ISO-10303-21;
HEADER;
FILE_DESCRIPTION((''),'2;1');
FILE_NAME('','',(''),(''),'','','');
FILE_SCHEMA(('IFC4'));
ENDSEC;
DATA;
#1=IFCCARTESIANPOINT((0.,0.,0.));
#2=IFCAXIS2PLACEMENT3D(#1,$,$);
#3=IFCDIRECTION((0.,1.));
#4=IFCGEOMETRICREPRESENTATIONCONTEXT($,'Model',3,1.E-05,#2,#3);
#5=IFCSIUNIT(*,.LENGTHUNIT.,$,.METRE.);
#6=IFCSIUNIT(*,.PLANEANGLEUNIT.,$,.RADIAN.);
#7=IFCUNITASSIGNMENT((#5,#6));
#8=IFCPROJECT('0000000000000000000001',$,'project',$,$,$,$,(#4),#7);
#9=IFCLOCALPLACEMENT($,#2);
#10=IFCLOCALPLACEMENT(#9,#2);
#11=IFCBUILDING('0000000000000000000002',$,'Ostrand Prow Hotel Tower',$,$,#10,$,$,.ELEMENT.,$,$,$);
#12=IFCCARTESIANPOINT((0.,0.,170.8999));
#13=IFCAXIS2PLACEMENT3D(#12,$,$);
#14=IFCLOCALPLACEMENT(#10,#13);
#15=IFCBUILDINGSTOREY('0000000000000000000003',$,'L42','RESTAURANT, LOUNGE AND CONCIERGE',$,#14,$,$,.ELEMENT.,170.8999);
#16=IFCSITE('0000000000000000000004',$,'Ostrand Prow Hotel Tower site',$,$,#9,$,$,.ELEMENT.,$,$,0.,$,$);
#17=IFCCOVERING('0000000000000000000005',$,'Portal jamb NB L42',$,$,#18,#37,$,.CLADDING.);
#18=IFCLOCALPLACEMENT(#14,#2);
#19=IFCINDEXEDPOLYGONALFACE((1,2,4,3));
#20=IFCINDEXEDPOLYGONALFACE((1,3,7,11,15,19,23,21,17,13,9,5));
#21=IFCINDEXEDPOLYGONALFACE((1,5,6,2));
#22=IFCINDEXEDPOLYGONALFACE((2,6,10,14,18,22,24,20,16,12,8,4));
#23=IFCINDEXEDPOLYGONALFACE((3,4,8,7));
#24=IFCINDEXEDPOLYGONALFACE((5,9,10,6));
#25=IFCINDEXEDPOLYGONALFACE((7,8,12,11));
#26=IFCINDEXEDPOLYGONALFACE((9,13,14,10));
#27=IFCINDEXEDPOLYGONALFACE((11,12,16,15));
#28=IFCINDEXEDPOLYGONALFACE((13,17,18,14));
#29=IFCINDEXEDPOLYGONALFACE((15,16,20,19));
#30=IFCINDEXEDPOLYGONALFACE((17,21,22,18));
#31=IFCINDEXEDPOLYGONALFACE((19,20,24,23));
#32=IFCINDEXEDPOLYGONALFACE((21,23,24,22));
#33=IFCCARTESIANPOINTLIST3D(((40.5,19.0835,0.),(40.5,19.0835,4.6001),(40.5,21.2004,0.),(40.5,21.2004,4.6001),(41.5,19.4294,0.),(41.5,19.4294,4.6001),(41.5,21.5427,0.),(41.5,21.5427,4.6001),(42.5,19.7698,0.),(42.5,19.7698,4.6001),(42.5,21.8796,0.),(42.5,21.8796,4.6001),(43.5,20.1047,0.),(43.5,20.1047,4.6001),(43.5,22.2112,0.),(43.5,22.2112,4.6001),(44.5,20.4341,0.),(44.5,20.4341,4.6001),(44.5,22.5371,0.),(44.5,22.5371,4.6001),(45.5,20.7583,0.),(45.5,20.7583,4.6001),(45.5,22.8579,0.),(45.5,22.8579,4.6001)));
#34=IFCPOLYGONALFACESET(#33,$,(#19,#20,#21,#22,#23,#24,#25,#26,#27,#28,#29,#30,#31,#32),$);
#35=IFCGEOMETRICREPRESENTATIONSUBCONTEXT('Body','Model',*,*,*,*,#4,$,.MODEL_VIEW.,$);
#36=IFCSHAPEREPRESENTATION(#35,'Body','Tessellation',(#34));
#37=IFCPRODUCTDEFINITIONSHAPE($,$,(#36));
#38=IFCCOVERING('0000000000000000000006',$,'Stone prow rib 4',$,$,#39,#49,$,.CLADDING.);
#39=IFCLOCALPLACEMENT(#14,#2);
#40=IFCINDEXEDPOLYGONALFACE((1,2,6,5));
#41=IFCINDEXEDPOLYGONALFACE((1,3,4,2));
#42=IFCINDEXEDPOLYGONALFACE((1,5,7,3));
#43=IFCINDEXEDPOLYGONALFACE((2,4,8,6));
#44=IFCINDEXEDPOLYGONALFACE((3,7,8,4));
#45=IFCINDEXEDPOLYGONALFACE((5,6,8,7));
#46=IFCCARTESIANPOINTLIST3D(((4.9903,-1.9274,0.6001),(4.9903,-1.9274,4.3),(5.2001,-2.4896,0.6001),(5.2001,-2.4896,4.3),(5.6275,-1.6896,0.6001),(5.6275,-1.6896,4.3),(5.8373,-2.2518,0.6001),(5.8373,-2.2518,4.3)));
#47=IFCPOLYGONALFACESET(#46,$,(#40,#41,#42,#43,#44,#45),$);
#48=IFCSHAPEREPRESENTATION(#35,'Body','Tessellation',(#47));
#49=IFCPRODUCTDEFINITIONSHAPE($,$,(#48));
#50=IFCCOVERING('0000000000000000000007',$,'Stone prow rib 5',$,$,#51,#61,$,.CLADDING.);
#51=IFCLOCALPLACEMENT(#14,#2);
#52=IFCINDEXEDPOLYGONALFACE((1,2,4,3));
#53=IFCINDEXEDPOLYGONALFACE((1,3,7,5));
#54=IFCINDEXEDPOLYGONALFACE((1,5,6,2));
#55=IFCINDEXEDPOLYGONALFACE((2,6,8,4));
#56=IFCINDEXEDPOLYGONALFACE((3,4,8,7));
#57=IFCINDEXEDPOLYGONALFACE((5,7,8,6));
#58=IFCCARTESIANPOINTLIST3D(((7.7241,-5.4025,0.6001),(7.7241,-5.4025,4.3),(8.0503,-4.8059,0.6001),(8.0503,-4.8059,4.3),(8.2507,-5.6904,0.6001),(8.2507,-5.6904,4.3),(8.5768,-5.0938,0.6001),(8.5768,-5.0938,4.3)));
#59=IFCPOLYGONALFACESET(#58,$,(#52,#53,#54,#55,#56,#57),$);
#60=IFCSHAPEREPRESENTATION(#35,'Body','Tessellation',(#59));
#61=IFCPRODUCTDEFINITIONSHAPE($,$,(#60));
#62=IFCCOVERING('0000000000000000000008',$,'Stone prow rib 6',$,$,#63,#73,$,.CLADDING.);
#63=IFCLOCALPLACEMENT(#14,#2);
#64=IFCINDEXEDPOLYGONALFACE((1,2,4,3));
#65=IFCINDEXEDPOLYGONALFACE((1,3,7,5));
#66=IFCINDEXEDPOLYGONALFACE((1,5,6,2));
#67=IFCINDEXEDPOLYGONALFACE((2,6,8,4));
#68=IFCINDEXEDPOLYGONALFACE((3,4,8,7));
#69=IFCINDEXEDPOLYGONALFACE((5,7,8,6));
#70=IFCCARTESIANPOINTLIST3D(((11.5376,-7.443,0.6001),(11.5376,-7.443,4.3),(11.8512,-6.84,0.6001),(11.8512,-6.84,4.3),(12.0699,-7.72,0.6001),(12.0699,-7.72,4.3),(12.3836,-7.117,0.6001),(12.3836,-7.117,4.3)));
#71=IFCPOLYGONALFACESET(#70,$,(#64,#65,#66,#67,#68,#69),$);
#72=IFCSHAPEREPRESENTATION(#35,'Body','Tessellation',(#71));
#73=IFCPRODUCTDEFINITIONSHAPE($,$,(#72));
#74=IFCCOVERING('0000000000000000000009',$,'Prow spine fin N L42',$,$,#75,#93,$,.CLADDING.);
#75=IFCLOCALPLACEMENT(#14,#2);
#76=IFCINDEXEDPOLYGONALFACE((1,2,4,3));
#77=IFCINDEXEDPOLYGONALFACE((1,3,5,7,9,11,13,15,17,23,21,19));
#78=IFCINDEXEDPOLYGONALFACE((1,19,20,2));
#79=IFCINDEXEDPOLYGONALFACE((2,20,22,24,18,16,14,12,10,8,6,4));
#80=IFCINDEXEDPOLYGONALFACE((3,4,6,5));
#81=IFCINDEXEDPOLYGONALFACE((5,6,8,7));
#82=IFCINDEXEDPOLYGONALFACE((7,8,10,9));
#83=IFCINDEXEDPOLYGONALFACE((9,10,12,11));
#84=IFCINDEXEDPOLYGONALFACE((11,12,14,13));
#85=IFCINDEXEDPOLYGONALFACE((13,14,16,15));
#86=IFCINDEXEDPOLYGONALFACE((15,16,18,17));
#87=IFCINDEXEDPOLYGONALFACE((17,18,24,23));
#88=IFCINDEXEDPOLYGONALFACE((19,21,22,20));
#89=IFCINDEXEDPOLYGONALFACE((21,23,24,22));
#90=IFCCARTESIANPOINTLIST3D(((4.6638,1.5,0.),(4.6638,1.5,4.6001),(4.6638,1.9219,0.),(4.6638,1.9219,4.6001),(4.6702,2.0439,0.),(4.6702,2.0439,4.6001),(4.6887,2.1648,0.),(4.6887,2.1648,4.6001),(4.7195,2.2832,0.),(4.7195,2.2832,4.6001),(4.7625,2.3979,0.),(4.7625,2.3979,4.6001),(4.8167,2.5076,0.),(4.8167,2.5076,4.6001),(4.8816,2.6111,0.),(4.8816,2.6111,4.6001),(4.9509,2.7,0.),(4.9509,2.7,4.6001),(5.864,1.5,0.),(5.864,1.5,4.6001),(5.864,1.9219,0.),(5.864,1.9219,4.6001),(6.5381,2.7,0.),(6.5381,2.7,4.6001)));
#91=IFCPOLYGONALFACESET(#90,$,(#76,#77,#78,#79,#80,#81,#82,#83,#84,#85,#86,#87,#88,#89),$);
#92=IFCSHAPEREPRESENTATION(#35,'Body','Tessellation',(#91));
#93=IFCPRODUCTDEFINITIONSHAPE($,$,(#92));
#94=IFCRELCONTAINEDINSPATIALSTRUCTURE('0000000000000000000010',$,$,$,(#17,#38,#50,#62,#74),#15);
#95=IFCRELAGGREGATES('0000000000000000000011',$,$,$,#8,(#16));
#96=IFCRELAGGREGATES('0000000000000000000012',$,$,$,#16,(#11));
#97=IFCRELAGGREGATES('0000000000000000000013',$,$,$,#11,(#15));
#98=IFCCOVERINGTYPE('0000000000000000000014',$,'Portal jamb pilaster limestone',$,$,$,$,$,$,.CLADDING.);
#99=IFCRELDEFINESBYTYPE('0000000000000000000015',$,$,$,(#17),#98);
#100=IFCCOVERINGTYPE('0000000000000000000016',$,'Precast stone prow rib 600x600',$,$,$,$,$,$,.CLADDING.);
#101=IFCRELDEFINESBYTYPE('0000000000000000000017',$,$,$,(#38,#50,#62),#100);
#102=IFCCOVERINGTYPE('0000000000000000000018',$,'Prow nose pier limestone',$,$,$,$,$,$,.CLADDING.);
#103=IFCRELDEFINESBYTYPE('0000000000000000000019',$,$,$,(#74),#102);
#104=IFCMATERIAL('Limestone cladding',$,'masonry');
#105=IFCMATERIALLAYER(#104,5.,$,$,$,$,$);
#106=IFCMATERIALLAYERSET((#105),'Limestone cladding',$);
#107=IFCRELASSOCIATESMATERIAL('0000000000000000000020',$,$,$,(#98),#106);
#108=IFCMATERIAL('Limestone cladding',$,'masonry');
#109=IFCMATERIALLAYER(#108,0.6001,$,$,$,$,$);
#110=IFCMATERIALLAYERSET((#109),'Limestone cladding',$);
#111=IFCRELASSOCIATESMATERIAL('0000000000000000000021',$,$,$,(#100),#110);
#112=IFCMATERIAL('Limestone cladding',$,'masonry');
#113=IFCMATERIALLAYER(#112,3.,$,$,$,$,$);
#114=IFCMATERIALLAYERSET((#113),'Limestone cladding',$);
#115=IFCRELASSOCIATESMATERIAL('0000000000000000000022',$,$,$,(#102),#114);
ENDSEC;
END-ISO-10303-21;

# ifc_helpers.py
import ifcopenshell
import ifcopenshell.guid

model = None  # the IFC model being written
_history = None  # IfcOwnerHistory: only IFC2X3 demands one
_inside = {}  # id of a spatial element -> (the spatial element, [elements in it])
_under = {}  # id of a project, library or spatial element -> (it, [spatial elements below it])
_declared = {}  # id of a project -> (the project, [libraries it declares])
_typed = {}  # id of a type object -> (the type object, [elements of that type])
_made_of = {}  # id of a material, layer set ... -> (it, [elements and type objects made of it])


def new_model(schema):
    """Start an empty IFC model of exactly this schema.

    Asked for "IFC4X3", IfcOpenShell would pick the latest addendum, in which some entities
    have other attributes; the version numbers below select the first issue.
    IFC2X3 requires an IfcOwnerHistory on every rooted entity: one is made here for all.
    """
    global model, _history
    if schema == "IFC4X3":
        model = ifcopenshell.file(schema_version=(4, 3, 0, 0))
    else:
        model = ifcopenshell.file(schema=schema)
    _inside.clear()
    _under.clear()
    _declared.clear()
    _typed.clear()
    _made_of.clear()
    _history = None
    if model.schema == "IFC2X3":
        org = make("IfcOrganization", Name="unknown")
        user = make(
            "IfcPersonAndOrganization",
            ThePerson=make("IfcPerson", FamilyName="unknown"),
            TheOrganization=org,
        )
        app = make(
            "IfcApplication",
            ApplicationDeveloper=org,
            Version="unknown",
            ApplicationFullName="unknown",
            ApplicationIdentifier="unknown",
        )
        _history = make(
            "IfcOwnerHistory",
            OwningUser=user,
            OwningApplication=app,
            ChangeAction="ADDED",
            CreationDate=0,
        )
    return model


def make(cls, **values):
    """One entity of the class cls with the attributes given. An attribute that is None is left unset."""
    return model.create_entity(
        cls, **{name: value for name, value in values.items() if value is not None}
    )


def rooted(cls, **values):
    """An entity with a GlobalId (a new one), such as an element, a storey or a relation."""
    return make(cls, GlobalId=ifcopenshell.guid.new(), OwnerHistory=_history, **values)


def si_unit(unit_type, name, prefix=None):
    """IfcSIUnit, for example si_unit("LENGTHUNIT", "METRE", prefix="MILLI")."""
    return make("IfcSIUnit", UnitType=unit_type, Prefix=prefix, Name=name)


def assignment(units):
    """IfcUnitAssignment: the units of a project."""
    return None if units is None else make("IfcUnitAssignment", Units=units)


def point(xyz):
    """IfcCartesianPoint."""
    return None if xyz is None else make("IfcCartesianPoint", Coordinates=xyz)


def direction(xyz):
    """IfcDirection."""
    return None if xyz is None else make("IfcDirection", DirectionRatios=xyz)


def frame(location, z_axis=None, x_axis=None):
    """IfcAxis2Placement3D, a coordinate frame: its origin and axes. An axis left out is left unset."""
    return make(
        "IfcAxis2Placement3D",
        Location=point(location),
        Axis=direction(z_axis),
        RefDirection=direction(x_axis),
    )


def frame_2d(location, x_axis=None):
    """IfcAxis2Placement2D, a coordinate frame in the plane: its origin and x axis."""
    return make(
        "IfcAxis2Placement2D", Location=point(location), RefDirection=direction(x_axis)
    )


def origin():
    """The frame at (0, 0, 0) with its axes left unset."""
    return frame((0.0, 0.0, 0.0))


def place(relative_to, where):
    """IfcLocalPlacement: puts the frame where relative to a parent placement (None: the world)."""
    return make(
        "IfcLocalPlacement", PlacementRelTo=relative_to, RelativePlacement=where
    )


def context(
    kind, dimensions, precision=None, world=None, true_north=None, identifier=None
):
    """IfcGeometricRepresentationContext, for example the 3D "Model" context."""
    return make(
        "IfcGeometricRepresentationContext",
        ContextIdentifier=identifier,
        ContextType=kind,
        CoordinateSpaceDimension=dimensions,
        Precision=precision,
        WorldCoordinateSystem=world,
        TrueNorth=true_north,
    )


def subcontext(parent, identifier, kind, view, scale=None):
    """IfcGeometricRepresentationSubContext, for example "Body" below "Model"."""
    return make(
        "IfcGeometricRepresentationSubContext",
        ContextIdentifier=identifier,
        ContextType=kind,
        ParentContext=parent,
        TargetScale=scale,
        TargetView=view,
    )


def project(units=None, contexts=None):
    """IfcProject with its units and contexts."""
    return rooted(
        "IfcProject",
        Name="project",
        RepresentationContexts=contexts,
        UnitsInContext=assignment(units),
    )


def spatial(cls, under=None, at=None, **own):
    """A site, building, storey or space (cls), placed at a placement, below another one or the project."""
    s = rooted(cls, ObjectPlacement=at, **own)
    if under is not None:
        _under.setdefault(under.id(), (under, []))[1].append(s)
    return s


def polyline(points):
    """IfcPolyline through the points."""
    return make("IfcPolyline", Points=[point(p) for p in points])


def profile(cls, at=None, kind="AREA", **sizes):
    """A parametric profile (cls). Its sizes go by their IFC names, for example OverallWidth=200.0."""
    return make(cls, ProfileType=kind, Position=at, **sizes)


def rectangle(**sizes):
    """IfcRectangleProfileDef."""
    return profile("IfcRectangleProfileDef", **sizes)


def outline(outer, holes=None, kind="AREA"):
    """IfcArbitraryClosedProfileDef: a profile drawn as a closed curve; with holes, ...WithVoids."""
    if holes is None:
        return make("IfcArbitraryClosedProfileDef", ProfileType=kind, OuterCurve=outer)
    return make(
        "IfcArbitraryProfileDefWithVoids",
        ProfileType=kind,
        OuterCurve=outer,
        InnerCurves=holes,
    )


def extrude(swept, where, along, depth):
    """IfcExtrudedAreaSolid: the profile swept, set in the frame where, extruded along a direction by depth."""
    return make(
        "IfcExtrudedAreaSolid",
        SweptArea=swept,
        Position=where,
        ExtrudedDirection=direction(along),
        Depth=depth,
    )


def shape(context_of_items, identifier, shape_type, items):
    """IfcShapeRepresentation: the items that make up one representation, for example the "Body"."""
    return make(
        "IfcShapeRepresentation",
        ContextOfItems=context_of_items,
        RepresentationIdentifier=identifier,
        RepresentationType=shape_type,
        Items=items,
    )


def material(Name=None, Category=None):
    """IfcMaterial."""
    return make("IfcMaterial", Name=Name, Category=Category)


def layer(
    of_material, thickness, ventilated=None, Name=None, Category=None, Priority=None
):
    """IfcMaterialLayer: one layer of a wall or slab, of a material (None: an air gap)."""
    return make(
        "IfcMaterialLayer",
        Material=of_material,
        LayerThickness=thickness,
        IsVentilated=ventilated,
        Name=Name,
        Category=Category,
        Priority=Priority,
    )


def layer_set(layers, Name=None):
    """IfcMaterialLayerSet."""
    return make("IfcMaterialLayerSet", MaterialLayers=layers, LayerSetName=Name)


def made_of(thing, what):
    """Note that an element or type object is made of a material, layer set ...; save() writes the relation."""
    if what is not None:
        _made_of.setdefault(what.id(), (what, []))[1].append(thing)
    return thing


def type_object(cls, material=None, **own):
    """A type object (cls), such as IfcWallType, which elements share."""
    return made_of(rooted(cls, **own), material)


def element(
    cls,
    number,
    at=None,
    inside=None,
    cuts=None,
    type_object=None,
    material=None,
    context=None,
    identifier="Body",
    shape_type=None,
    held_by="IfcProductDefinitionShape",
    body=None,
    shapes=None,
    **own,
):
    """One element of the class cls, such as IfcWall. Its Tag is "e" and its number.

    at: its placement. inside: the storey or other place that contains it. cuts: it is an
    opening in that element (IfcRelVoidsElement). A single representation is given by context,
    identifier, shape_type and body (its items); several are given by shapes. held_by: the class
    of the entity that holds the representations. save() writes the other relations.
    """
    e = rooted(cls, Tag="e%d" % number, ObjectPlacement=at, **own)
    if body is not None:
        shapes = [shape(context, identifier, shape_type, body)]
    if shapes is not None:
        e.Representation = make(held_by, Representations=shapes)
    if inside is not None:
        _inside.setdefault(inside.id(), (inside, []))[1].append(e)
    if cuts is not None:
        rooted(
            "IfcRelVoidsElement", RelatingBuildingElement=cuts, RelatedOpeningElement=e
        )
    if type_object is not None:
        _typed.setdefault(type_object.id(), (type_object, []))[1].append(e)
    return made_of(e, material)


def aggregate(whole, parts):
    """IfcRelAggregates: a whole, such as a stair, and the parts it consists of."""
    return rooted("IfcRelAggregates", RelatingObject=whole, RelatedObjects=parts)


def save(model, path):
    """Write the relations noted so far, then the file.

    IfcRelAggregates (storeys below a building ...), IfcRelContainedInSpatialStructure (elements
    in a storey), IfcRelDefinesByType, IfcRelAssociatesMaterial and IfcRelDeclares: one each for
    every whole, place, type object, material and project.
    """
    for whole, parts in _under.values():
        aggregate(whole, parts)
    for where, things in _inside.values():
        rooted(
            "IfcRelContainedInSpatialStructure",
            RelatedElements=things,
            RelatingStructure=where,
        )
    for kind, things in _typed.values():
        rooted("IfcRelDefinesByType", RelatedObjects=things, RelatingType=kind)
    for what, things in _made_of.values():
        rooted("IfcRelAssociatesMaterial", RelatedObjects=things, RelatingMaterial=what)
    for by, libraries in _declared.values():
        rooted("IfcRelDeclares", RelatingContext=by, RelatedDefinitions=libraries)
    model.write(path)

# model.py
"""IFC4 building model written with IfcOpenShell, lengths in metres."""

from ifc_helpers import new_model, si_unit, direction, frame, frame_2d, origin, place, context, subcontext, project, spatial, polyline, rectangle, outline, extrude, material, layer, layer_set, type_object, element, save


model = new_model("IFC4")

# Units and contexts
model_context = context("Model", 3, precision=1e-05, world=origin(), true_north=direction((0.0, 1.0)))
body_context = subcontext(model_context, "Body", "Model", "MODEL_VIEW")
ifc_project = project(units=[si_unit("LENGTHUNIT", "METRE"), si_unit("PLANEANGLEUNIT", "RADIAN")], contexts=[model_context])

# Site, building, storey
site_placement = place(None, origin())
site = spatial("IfcSite", under=ifc_project, at=site_placement, Name="Ostrand Prow Hotel Tower site", CompositionType="ELEMENT", RefElevation=0.0)
building_placement = place(site_placement, origin())
building = spatial("IfcBuilding", under=site, at=building_placement, Name="Ostrand Prow Hotel Tower", CompositionType="ELEMENT")
storey_placement = place(building_placement, frame((0.0, 0.0, 170.8999)))
storey = spatial("IfcBuildingStorey", under=building, at=storey_placement, Name="L42", Description="RESTAURANT, LOUNGE AND CONCIERGE", CompositionType="ELEMENT", Elevation=170.8999)

# Coverings
ifc_material_1 = material(Name="Limestone cladding", Category="masonry")
ifc_layer_1 = layer(ifc_material_1, 5.0)
ifc_layer_set_1 = layer_set([ifc_layer_1], Name="Limestone cladding")
covering_type_1 = type_object("IfcCoveringType", Name="Portal jamb pilaster limestone", PredefinedType="CLADDING", material=ifc_layer_set_1)
covering_1_placement = place(storey_placement, origin())
element("IfcCovering", 1, at=covering_1_placement, inside=storey, type_object=covering_type_1, Name="Portal jamb NB L42", PredefinedType="CLADDING", context=body_context, shape_type="SweptSolid", body=[
    extrude(outline(polyline([(40.5, 19.0835), (41.5, 19.4294), (42.5, 19.7698), (43.5, 20.1047), (44.5, 20.4341), (45.5, 20.7583), (45.5, 22.8579), (44.5, 22.5371), (43.5, 22.2112), (42.5, 21.8796), (41.5, 21.5427), (40.5, 21.2004), (40.5, 19.0835)])), origin(), (0.0, 0.0, 1.0), 4.6001),
])
ifc_material_2 = material(Name="Limestone cladding", Category="masonry")
ifc_layer_2 = layer(ifc_material_2, 0.6001)
ifc_layer_set_2 = layer_set([ifc_layer_2], Name="Limestone cladding")
covering_type_2 = type_object("IfcCoveringType", Name="Precast stone prow rib 600x600", PredefinedType="CLADDING", material=ifc_layer_set_2)
covering_2_placement = place(storey_placement, frame((5.7324, -1.9707, 0.6001), z_axis=(0.0, 0.0, 1.0), x_axis=(-0.936889, -0.349628, 0.0)))
element("IfcCovering", 2, at=covering_2_placement, inside=storey, type_object=covering_type_2, Name="Stone prow rib 4", PredefinedType="CLADDING", context=body_context, shape_type="SweptSolid", body=[
    extrude(rectangle(XDim=0.6802, YDim=0.6001, at=frame_2d((0.3401, 0.0))), origin(), (0.0, 0.0, 1.0), 3.7),
])
covering_3_placement = place(storey_placement, frame((8.3135, -4.95, 0.6001), z_axis=(0.0, 0.0, 1.0), x_axis=(-0.479657, -0.877456, 0.0)))
element("IfcCovering", 3, at=covering_3_placement, inside=storey, type_object=covering_type_2, Name="Stone prow rib 5", PredefinedType="CLADDING", context=body_context, shape_type="SweptSolid", body=[
    extrude(rectangle(XDim=0.6799, YDim=0.6001, at=frame_2d((0.3398, 0.0))), origin(), (0.0, 0.0, 1.0), 3.7),
])
covering_4_placement = place(storey_placement, frame((12.1174, -6.9785, 0.6001), z_axis=(0.0, 0.0, 1.0), x_axis=(-0.461522, -0.887129, 0.0)))
element("IfcCovering", 4, at=covering_4_placement, inside=storey, type_object=covering_type_2, Name="Stone prow rib 6", PredefinedType="CLADDING", context=body_context, shape_type="SweptSolid", body=[
    extrude(rectangle(XDim=0.6797, YDim=0.6001, at=frame_2d((0.3398, 0.0))), origin(), (0.0, 0.0, 1.0), 3.7),
])
ifc_material_3 = material(Name="Limestone cladding", Category="masonry")
ifc_layer_3 = layer(ifc_material_3, 3.0)
ifc_layer_set_3 = layer_set([ifc_layer_3], Name="Limestone cladding")
covering_type_3 = type_object("IfcCoveringType", Name="Prow nose pier limestone", PredefinedType="CLADDING", material=ifc_layer_set_3)
covering_5_placement = place(storey_placement, origin())
element("IfcCovering", 5, at=covering_5_placement, inside=storey, type_object=covering_type_3, Name="Prow spine fin N L42", PredefinedType="CLADDING", context=body_context, shape_type="SweptSolid", body=[
    extrude(outline(polyline([(4.6638, 1.9219), (4.6638, 1.5), (5.864, 1.5), (5.864, 1.9219), (6.5381, 2.7), (4.9509, 2.7), (4.8816, 2.6111), (4.8167, 2.5076), (4.7625, 2.3979), (4.7195, 2.2832), (4.6887, 2.1648), (4.6702, 2.0439), (4.6638, 1.9219)])), origin(), (0.0, 0.0, 1.0), 4.6001),
])

save(model, "model.ifc")
